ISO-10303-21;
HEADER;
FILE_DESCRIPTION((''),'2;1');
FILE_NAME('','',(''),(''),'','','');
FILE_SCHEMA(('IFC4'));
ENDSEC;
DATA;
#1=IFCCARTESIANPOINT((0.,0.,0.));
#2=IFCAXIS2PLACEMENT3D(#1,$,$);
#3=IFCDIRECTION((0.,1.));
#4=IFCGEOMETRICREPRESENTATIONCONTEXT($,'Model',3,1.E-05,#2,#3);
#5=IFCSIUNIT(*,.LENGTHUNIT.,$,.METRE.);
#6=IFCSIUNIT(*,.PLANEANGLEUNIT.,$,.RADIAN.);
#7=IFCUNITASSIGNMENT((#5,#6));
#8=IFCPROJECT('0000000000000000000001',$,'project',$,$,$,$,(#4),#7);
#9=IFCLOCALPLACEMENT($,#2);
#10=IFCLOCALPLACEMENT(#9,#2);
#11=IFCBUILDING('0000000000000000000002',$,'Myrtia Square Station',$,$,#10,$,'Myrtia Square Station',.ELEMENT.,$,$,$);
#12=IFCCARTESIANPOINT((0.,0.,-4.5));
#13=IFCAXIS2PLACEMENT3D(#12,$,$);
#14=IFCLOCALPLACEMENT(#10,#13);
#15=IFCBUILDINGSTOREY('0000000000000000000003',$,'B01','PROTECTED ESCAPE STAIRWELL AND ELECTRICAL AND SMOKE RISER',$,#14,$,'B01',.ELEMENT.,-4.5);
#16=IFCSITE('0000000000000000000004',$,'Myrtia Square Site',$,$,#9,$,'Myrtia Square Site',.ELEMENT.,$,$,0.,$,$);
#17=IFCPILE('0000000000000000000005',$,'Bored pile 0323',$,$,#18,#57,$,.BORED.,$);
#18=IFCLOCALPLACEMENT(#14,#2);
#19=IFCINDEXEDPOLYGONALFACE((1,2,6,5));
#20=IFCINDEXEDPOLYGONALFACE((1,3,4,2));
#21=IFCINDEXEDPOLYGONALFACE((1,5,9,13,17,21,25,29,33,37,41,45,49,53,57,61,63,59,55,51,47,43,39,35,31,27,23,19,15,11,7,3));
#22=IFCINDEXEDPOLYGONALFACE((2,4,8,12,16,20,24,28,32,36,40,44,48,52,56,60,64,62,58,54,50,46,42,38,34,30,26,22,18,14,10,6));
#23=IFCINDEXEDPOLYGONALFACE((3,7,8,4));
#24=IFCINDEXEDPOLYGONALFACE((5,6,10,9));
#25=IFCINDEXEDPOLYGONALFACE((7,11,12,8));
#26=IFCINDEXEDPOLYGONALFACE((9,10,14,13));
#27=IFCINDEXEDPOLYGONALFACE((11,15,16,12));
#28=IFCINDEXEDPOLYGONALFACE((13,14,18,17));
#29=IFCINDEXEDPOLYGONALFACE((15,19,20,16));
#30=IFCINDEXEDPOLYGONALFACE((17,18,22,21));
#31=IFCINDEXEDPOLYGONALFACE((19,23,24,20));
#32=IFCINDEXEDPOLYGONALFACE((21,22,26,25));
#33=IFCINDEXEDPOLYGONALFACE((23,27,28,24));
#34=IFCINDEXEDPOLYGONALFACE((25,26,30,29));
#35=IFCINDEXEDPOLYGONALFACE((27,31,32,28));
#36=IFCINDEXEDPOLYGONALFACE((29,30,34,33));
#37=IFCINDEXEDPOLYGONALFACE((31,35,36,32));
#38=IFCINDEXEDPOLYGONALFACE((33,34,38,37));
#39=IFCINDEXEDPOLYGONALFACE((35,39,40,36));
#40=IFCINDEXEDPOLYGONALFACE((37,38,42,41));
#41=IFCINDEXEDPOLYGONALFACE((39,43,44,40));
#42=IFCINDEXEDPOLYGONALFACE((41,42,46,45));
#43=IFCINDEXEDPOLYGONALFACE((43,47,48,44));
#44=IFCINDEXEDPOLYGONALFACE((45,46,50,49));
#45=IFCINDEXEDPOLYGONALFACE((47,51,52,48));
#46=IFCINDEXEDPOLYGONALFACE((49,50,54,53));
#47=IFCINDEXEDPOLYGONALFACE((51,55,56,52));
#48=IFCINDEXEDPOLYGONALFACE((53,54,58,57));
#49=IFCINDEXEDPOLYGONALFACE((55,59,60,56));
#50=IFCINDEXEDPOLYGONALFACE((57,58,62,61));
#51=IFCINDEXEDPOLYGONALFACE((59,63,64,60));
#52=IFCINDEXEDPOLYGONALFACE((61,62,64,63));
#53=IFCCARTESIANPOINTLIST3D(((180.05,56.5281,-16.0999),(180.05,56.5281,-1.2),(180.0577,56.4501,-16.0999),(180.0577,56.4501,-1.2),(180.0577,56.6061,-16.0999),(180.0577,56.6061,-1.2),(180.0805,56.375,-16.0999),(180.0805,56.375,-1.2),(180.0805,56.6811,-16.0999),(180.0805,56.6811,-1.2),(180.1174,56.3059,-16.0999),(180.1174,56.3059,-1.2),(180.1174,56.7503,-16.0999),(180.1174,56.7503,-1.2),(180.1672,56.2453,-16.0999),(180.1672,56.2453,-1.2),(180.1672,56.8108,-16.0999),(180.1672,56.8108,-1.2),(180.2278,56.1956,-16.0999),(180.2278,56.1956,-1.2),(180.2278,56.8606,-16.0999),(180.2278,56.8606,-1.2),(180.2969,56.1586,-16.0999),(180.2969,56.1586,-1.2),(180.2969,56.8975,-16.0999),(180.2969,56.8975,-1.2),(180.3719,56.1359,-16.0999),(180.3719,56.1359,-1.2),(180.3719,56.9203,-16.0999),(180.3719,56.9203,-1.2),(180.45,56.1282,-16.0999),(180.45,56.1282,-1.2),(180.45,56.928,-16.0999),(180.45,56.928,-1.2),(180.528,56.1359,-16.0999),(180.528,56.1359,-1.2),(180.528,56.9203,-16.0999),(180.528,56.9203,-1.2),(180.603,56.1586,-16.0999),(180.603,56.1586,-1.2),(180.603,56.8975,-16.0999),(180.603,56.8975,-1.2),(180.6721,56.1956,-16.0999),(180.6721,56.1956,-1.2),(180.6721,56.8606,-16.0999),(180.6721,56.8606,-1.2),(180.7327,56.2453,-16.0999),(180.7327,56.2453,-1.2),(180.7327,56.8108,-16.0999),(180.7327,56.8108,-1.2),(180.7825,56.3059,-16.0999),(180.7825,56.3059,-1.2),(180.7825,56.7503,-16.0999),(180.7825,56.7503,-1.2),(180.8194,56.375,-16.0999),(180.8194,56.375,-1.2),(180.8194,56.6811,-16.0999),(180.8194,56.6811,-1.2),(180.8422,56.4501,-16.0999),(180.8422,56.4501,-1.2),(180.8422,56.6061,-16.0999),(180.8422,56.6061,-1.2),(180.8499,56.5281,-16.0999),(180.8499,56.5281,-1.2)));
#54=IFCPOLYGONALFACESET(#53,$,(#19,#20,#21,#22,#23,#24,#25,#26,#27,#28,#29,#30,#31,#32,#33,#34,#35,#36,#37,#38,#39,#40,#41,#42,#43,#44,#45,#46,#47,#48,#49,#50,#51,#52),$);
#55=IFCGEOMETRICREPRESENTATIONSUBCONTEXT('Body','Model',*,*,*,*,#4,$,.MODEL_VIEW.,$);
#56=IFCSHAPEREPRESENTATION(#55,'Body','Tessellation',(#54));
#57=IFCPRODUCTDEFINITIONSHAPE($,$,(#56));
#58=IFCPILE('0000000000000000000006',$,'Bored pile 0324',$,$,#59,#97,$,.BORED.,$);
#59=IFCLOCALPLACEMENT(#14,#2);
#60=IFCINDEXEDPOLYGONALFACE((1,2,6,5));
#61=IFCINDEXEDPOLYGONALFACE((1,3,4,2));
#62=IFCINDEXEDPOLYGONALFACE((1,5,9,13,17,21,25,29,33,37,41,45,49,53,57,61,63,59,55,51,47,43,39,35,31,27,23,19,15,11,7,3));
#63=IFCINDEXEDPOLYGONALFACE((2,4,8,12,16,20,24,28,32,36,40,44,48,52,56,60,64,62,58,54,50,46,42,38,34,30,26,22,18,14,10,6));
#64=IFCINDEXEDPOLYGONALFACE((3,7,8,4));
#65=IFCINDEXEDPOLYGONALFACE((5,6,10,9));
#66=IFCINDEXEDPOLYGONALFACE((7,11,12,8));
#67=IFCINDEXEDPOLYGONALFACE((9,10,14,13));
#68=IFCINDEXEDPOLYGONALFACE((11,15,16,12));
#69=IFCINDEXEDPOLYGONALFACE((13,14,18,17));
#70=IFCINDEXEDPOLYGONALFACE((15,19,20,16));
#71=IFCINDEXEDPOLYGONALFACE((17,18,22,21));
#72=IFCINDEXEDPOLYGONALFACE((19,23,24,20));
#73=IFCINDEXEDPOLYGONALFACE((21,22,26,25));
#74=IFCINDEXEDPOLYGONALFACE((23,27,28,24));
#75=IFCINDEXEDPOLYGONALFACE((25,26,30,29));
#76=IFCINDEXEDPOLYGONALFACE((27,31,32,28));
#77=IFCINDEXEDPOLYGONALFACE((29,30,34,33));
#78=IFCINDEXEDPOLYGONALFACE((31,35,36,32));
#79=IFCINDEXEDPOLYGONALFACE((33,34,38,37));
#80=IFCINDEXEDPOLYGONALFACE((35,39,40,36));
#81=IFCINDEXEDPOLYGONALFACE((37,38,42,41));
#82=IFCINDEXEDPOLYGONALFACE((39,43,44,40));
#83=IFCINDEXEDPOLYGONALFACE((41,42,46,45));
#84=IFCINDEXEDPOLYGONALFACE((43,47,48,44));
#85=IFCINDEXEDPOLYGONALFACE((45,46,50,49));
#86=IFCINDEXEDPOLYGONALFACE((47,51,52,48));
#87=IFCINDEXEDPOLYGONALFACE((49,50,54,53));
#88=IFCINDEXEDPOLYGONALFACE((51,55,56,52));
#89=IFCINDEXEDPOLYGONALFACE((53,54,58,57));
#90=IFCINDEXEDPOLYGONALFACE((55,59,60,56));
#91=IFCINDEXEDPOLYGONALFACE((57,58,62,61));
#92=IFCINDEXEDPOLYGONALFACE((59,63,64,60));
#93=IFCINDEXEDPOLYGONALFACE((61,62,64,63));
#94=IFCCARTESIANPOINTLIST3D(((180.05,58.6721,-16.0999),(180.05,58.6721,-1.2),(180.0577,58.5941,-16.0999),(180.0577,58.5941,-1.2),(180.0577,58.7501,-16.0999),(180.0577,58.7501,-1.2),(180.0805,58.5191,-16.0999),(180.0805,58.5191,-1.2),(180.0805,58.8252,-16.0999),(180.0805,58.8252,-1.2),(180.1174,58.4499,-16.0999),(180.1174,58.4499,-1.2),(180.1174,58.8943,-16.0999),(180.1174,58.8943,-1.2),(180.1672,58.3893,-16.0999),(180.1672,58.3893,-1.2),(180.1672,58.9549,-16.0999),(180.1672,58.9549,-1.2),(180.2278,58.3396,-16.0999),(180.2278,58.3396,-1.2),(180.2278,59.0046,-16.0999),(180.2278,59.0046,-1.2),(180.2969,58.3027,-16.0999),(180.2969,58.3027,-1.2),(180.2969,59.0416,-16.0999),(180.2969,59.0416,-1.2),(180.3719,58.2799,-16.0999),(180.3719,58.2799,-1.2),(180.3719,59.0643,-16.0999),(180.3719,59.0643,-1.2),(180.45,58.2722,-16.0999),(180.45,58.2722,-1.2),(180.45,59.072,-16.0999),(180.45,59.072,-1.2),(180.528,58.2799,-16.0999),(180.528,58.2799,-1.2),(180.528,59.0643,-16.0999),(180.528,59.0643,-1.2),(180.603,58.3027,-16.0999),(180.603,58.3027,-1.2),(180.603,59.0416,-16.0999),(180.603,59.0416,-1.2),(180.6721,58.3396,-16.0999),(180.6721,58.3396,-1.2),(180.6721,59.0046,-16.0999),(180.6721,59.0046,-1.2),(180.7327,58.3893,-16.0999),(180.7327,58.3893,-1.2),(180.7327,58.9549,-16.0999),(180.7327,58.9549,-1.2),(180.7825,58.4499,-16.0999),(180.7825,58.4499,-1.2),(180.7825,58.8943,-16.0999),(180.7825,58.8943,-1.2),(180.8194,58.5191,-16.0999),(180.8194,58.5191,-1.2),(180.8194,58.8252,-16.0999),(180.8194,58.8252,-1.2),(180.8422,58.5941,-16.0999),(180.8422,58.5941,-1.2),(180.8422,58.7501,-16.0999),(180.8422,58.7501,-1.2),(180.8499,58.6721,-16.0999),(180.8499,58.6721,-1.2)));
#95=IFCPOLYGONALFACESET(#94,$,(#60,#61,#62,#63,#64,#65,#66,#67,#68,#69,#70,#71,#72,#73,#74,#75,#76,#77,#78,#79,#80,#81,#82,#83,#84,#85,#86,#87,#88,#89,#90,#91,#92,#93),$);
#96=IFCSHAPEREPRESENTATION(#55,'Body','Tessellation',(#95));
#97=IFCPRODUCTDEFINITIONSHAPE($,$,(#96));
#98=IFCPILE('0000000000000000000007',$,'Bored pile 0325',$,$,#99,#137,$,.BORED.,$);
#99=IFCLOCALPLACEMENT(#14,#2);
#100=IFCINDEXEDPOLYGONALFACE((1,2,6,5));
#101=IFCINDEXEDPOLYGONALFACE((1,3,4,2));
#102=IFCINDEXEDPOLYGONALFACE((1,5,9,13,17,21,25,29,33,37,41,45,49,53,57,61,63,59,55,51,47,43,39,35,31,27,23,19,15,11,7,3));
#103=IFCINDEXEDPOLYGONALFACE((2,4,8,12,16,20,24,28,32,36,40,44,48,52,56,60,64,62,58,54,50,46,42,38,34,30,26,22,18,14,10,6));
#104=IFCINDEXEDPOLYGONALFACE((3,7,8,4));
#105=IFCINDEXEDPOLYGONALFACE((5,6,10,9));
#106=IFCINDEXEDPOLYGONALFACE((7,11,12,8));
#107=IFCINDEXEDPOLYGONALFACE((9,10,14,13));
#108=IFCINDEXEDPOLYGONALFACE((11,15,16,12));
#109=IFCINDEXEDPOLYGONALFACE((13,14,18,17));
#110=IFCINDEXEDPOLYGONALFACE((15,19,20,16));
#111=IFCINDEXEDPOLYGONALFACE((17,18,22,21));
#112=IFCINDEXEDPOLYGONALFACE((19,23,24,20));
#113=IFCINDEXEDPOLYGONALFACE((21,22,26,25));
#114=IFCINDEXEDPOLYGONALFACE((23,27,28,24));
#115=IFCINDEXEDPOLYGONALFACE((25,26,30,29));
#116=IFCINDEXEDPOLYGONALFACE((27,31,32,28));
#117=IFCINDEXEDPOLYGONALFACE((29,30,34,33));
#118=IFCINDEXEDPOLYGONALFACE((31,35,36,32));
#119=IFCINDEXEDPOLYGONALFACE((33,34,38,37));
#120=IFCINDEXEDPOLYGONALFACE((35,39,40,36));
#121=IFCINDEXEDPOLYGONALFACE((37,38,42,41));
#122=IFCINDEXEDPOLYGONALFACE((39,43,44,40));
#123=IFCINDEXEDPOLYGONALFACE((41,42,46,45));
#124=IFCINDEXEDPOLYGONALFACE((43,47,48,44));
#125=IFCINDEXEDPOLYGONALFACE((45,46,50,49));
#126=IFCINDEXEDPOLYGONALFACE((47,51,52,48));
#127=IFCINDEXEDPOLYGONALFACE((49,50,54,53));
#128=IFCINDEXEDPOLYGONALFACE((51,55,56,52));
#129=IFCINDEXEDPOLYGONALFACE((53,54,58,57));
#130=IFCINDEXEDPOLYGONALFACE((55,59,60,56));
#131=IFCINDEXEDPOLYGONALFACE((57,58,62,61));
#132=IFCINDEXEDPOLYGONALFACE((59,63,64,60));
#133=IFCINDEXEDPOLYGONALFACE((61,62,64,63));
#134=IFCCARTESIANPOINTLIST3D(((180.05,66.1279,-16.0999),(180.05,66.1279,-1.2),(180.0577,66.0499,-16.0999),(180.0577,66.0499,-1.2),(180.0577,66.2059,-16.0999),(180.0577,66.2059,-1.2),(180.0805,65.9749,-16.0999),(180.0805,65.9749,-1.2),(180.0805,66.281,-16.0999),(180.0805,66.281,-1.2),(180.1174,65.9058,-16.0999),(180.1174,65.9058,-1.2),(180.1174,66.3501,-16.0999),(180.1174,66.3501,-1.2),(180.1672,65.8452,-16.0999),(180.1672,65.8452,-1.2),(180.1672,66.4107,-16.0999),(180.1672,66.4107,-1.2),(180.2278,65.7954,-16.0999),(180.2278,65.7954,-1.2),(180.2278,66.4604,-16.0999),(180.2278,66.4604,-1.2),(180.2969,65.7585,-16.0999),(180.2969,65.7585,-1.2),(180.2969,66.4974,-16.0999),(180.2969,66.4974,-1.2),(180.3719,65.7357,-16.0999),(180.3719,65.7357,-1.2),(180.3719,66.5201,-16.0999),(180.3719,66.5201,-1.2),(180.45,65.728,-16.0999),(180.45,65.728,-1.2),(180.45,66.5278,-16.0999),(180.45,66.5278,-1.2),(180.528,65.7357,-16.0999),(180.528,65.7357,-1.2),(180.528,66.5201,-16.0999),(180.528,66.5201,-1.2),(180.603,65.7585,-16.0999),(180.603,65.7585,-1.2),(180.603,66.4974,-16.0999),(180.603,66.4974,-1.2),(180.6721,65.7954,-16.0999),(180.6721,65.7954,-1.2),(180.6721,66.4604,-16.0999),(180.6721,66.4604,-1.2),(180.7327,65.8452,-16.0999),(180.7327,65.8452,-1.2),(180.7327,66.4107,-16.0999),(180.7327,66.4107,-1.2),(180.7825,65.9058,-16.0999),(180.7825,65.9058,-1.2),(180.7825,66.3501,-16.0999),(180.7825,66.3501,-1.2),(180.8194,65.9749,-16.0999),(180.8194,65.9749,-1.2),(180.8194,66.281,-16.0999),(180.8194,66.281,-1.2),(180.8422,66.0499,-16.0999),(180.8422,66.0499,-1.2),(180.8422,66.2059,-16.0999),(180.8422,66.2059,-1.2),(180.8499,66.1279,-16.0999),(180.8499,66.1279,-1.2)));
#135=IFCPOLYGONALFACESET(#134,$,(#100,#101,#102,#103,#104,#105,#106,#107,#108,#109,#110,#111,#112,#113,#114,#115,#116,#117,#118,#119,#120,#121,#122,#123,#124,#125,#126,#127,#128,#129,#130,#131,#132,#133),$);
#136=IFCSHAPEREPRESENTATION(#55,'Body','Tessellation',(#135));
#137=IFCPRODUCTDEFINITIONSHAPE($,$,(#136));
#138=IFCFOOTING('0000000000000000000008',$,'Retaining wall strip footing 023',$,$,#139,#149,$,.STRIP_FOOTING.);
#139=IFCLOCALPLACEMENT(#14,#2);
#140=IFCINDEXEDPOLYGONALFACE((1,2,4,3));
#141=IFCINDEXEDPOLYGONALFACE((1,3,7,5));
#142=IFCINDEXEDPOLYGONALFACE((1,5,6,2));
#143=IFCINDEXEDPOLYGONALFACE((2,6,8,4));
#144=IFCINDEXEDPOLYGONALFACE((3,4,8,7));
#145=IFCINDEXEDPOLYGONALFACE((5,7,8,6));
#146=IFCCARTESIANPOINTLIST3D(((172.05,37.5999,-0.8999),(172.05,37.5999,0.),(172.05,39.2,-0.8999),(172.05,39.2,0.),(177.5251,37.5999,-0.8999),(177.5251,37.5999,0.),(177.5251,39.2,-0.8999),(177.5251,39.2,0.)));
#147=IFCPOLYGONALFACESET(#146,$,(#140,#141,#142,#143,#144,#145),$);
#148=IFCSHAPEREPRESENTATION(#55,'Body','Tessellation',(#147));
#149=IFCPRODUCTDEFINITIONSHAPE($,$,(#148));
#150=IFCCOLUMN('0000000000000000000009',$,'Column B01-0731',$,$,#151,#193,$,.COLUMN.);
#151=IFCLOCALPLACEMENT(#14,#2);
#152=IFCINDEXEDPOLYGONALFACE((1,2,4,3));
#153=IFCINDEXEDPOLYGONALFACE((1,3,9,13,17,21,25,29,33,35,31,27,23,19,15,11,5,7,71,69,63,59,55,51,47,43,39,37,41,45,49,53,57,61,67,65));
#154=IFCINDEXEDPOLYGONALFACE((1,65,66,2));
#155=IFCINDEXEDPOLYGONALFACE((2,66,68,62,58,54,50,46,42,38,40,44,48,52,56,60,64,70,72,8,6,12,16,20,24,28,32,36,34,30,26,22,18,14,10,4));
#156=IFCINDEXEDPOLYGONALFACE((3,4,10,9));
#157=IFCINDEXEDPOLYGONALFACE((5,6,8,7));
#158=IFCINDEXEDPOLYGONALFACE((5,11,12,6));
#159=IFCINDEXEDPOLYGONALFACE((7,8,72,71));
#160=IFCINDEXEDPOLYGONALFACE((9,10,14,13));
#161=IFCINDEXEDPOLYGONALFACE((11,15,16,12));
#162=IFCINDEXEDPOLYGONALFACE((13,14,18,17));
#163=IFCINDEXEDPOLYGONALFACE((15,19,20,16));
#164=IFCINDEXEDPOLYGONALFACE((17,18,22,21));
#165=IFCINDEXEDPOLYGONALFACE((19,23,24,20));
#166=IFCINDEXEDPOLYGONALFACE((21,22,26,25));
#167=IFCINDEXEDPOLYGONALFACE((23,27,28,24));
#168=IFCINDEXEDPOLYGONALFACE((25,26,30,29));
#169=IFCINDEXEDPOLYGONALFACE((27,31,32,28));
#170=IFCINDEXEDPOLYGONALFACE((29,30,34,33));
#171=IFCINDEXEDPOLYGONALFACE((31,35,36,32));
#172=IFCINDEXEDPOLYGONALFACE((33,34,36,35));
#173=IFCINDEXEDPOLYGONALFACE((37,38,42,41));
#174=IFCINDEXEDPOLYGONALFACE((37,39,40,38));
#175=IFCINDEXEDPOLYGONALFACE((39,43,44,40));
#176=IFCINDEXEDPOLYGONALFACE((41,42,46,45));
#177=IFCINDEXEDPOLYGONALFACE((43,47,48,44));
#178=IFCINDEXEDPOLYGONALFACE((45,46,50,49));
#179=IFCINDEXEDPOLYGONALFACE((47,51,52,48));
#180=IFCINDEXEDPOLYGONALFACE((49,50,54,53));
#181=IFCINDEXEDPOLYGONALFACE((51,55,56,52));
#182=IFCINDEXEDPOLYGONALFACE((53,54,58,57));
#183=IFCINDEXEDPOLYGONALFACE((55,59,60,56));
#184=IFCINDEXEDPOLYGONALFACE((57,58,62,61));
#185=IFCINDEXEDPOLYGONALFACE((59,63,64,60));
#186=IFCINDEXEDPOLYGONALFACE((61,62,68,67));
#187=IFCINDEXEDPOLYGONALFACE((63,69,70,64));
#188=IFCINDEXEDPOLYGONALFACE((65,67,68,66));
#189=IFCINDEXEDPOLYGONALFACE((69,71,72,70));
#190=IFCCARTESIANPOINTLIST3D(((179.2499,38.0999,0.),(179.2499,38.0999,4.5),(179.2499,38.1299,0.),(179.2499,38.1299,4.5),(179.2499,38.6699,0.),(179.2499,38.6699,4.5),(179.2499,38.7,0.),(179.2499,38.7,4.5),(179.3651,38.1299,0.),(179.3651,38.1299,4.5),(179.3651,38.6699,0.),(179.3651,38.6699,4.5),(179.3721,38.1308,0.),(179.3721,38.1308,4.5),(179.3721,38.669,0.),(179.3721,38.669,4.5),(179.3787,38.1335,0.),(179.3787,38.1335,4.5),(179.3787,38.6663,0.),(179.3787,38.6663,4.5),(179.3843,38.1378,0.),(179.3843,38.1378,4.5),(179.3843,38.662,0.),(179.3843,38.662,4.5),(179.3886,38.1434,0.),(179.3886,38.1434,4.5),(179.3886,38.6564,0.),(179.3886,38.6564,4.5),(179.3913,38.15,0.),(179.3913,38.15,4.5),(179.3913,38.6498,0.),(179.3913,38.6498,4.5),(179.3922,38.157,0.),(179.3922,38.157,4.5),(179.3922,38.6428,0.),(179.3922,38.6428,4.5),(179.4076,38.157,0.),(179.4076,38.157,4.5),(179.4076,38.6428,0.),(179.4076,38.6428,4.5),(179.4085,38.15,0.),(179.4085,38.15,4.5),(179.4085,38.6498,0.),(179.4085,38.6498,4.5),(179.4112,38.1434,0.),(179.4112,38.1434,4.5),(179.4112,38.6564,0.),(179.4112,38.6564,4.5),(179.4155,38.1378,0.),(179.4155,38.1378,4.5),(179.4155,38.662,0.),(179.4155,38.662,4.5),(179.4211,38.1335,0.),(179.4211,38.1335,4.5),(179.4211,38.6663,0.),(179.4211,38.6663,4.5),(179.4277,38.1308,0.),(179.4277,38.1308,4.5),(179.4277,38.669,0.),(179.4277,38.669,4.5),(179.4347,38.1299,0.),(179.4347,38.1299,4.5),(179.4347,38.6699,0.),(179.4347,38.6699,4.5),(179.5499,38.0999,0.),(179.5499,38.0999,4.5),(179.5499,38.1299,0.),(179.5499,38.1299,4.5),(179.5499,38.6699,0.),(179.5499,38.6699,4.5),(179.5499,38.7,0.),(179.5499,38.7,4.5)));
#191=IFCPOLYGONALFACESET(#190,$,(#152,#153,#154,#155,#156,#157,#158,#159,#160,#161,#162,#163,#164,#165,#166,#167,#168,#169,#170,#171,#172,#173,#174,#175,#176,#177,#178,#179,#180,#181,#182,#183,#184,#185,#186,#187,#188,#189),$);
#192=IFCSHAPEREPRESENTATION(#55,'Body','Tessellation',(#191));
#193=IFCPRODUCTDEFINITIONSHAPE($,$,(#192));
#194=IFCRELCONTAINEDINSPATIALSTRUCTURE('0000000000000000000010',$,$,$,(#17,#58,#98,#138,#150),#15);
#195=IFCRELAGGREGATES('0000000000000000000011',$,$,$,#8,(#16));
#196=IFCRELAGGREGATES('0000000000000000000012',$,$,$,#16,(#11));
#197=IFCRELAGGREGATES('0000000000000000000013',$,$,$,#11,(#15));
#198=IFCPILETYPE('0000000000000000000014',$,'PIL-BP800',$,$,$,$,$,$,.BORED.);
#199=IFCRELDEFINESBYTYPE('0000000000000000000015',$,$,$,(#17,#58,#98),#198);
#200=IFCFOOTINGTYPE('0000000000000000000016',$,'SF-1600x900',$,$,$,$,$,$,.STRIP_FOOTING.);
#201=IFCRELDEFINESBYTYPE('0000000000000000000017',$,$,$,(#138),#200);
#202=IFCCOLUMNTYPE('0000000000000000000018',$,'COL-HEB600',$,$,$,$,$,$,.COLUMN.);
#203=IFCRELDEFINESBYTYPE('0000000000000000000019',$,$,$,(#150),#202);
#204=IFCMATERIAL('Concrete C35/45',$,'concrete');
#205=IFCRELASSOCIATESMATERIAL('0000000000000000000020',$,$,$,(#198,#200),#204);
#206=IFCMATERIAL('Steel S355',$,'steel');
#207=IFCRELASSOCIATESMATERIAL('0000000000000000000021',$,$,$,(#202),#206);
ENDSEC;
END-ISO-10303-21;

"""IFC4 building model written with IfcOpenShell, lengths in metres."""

from ifc_helpers import new_model, si_unit, direction, frame, origin, origin_2d, place, context, subcontext, project, spatial, rectangle, circle, i_section, extrude, material, material_profile, profile_set, type_object, element, save


model = new_model("IFC4")

# Units and contexts
model_context = context("Model", 3, precision=1e-05, world=origin(), true_north=direction((0.0, 1.0)))
body_context = subcontext(model_context, "Body", "Model", "MODEL_VIEW")
ifc_project = project(units=[si_unit("LENGTHUNIT", "METRE"), si_unit("PLANEANGLEUNIT", "RADIAN")], contexts=[model_context])

# Site, building, storey
site_placement = place(None, origin())
site = spatial("IfcSite", under=ifc_project, at=site_placement, Name="Myrtia Square Site", LongName="Myrtia Square Site", CompositionType="ELEMENT", RefElevation=0.0)
building_placement = place(site_placement, origin())
building = spatial("IfcBuilding", under=site, at=building_placement, Name="Myrtia Square Station", LongName="Myrtia Square Station", CompositionType="ELEMENT")
storey_placement = place(building_placement, frame((0.0, 0.0, -4.5)))
storey = spatial("IfcBuildingStorey", under=building, at=storey_placement, Name="B01", Description="PROTECTED ESCAPE STAIRWELL AND ELECTRICAL AND SMOKE RISER", LongName="B01", CompositionType="ELEMENT", Elevation=-4.5)

# Shared definitions
ifc_material_1 = material(Name="Concrete C35/45", Category="concrete")

# Piles
ifc_material_profile_1 = material_profile(ifc_material_1, circle(Radius=0.3999, at=origin_2d()), Name="BP D800")
ifc_profile_set_1 = profile_set([ifc_material_profile_1], Name="Concrete C35/45")
pile_type_1 = type_object("IfcPileType", Name="PIL-BP800", PredefinedType="BORED", material=ifc_profile_set_1)
for number, where, z_axis, x_axis, name in (
    (1, (180.45, 56.5281, -1.2), (0.0, 0.0, -1.0), (1.0, 0.0, 0.0), "Bored pile 0323"),
    (2, (180.45, 58.6721, -1.2), (0.0, 0.0, -1.0), (1.0, 0.0, 0.0), "Bored pile 0324"),
    (3, (180.45, 66.1279, -1.2), (0.0, 0.0, -1.0), (1.0, 0.0, 0.0), "Bored pile 0325"),
):
    element("IfcPile", number, at=place(storey_placement, frame(where, z_axis=z_axis, x_axis=x_axis)), inside=storey, type_object=pile_type_1, Name=name, PredefinedType="BORED", context=body_context, shape_type="SweptSolid", body=[
        extrude(circle(Radius=0.3999, at=origin_2d()), origin(), (0.0, 0.0, 1.0), 14.8999),
    ])

# Footing
footing_type_1 = type_object("IfcFootingType", Name="SF-1600x900", PredefinedType="STRIP_FOOTING", material=ifc_material_1)
footing_1_placement = place(storey_placement, frame((174.7876, 38.3999, -0.8999), z_axis=(0.0, 0.0, 1.0), x_axis=(1.0, 0.0, 0.0)))
element("IfcFooting", 4, at=footing_1_placement, inside=storey, type_object=footing_type_1, Name="Retaining wall strip footing 023", PredefinedType="STRIP_FOOTING", context=body_context, shape_type="SweptSolid", body=[
    extrude(rectangle(XDim=5.4751, YDim=1.6001, at=origin_2d()), origin(), (0.0, 0.0, 1.0), 0.8999),
])

# Column
ifc_material_2 = material(Name="Steel S355", Category="steel")
ifc_material_profile_2 = material_profile(ifc_material_2, i_section(OverallWidth=0.3, OverallDepth=0.6001, WebThickness=0.0154, FlangeThickness=0.03, FilletRadius=0.0271, at=origin_2d()), Name="HEB 600")
ifc_profile_set_2 = profile_set([ifc_material_profile_2], Name="Steel S355")
column_type_1 = type_object("IfcColumnType", Name="COL-HEB600", PredefinedType="COLUMN", material=ifc_profile_set_2)
column_1_placement = place(storey_placement, frame((179.3999, 38.3999, 0.0), z_axis=(0.0, 0.0, 1.0), x_axis=(1.0, 0.0, 0.0)))
element("IfcColumn", 5, at=column_1_placement, inside=storey, type_object=column_type_1, Name="Column B01-0731", PredefinedType="COLUMN", context=body_context, shape_type="SweptSolid", body=[
    extrude(i_section(OverallWidth=0.3, OverallDepth=0.6001, WebThickness=0.0154, FlangeThickness=0.03, FilletRadius=0.0271, at=origin_2d()), origin(), (0.0, 0.0, 1.0), 4.5),
])

save(model, "model.ifc")
